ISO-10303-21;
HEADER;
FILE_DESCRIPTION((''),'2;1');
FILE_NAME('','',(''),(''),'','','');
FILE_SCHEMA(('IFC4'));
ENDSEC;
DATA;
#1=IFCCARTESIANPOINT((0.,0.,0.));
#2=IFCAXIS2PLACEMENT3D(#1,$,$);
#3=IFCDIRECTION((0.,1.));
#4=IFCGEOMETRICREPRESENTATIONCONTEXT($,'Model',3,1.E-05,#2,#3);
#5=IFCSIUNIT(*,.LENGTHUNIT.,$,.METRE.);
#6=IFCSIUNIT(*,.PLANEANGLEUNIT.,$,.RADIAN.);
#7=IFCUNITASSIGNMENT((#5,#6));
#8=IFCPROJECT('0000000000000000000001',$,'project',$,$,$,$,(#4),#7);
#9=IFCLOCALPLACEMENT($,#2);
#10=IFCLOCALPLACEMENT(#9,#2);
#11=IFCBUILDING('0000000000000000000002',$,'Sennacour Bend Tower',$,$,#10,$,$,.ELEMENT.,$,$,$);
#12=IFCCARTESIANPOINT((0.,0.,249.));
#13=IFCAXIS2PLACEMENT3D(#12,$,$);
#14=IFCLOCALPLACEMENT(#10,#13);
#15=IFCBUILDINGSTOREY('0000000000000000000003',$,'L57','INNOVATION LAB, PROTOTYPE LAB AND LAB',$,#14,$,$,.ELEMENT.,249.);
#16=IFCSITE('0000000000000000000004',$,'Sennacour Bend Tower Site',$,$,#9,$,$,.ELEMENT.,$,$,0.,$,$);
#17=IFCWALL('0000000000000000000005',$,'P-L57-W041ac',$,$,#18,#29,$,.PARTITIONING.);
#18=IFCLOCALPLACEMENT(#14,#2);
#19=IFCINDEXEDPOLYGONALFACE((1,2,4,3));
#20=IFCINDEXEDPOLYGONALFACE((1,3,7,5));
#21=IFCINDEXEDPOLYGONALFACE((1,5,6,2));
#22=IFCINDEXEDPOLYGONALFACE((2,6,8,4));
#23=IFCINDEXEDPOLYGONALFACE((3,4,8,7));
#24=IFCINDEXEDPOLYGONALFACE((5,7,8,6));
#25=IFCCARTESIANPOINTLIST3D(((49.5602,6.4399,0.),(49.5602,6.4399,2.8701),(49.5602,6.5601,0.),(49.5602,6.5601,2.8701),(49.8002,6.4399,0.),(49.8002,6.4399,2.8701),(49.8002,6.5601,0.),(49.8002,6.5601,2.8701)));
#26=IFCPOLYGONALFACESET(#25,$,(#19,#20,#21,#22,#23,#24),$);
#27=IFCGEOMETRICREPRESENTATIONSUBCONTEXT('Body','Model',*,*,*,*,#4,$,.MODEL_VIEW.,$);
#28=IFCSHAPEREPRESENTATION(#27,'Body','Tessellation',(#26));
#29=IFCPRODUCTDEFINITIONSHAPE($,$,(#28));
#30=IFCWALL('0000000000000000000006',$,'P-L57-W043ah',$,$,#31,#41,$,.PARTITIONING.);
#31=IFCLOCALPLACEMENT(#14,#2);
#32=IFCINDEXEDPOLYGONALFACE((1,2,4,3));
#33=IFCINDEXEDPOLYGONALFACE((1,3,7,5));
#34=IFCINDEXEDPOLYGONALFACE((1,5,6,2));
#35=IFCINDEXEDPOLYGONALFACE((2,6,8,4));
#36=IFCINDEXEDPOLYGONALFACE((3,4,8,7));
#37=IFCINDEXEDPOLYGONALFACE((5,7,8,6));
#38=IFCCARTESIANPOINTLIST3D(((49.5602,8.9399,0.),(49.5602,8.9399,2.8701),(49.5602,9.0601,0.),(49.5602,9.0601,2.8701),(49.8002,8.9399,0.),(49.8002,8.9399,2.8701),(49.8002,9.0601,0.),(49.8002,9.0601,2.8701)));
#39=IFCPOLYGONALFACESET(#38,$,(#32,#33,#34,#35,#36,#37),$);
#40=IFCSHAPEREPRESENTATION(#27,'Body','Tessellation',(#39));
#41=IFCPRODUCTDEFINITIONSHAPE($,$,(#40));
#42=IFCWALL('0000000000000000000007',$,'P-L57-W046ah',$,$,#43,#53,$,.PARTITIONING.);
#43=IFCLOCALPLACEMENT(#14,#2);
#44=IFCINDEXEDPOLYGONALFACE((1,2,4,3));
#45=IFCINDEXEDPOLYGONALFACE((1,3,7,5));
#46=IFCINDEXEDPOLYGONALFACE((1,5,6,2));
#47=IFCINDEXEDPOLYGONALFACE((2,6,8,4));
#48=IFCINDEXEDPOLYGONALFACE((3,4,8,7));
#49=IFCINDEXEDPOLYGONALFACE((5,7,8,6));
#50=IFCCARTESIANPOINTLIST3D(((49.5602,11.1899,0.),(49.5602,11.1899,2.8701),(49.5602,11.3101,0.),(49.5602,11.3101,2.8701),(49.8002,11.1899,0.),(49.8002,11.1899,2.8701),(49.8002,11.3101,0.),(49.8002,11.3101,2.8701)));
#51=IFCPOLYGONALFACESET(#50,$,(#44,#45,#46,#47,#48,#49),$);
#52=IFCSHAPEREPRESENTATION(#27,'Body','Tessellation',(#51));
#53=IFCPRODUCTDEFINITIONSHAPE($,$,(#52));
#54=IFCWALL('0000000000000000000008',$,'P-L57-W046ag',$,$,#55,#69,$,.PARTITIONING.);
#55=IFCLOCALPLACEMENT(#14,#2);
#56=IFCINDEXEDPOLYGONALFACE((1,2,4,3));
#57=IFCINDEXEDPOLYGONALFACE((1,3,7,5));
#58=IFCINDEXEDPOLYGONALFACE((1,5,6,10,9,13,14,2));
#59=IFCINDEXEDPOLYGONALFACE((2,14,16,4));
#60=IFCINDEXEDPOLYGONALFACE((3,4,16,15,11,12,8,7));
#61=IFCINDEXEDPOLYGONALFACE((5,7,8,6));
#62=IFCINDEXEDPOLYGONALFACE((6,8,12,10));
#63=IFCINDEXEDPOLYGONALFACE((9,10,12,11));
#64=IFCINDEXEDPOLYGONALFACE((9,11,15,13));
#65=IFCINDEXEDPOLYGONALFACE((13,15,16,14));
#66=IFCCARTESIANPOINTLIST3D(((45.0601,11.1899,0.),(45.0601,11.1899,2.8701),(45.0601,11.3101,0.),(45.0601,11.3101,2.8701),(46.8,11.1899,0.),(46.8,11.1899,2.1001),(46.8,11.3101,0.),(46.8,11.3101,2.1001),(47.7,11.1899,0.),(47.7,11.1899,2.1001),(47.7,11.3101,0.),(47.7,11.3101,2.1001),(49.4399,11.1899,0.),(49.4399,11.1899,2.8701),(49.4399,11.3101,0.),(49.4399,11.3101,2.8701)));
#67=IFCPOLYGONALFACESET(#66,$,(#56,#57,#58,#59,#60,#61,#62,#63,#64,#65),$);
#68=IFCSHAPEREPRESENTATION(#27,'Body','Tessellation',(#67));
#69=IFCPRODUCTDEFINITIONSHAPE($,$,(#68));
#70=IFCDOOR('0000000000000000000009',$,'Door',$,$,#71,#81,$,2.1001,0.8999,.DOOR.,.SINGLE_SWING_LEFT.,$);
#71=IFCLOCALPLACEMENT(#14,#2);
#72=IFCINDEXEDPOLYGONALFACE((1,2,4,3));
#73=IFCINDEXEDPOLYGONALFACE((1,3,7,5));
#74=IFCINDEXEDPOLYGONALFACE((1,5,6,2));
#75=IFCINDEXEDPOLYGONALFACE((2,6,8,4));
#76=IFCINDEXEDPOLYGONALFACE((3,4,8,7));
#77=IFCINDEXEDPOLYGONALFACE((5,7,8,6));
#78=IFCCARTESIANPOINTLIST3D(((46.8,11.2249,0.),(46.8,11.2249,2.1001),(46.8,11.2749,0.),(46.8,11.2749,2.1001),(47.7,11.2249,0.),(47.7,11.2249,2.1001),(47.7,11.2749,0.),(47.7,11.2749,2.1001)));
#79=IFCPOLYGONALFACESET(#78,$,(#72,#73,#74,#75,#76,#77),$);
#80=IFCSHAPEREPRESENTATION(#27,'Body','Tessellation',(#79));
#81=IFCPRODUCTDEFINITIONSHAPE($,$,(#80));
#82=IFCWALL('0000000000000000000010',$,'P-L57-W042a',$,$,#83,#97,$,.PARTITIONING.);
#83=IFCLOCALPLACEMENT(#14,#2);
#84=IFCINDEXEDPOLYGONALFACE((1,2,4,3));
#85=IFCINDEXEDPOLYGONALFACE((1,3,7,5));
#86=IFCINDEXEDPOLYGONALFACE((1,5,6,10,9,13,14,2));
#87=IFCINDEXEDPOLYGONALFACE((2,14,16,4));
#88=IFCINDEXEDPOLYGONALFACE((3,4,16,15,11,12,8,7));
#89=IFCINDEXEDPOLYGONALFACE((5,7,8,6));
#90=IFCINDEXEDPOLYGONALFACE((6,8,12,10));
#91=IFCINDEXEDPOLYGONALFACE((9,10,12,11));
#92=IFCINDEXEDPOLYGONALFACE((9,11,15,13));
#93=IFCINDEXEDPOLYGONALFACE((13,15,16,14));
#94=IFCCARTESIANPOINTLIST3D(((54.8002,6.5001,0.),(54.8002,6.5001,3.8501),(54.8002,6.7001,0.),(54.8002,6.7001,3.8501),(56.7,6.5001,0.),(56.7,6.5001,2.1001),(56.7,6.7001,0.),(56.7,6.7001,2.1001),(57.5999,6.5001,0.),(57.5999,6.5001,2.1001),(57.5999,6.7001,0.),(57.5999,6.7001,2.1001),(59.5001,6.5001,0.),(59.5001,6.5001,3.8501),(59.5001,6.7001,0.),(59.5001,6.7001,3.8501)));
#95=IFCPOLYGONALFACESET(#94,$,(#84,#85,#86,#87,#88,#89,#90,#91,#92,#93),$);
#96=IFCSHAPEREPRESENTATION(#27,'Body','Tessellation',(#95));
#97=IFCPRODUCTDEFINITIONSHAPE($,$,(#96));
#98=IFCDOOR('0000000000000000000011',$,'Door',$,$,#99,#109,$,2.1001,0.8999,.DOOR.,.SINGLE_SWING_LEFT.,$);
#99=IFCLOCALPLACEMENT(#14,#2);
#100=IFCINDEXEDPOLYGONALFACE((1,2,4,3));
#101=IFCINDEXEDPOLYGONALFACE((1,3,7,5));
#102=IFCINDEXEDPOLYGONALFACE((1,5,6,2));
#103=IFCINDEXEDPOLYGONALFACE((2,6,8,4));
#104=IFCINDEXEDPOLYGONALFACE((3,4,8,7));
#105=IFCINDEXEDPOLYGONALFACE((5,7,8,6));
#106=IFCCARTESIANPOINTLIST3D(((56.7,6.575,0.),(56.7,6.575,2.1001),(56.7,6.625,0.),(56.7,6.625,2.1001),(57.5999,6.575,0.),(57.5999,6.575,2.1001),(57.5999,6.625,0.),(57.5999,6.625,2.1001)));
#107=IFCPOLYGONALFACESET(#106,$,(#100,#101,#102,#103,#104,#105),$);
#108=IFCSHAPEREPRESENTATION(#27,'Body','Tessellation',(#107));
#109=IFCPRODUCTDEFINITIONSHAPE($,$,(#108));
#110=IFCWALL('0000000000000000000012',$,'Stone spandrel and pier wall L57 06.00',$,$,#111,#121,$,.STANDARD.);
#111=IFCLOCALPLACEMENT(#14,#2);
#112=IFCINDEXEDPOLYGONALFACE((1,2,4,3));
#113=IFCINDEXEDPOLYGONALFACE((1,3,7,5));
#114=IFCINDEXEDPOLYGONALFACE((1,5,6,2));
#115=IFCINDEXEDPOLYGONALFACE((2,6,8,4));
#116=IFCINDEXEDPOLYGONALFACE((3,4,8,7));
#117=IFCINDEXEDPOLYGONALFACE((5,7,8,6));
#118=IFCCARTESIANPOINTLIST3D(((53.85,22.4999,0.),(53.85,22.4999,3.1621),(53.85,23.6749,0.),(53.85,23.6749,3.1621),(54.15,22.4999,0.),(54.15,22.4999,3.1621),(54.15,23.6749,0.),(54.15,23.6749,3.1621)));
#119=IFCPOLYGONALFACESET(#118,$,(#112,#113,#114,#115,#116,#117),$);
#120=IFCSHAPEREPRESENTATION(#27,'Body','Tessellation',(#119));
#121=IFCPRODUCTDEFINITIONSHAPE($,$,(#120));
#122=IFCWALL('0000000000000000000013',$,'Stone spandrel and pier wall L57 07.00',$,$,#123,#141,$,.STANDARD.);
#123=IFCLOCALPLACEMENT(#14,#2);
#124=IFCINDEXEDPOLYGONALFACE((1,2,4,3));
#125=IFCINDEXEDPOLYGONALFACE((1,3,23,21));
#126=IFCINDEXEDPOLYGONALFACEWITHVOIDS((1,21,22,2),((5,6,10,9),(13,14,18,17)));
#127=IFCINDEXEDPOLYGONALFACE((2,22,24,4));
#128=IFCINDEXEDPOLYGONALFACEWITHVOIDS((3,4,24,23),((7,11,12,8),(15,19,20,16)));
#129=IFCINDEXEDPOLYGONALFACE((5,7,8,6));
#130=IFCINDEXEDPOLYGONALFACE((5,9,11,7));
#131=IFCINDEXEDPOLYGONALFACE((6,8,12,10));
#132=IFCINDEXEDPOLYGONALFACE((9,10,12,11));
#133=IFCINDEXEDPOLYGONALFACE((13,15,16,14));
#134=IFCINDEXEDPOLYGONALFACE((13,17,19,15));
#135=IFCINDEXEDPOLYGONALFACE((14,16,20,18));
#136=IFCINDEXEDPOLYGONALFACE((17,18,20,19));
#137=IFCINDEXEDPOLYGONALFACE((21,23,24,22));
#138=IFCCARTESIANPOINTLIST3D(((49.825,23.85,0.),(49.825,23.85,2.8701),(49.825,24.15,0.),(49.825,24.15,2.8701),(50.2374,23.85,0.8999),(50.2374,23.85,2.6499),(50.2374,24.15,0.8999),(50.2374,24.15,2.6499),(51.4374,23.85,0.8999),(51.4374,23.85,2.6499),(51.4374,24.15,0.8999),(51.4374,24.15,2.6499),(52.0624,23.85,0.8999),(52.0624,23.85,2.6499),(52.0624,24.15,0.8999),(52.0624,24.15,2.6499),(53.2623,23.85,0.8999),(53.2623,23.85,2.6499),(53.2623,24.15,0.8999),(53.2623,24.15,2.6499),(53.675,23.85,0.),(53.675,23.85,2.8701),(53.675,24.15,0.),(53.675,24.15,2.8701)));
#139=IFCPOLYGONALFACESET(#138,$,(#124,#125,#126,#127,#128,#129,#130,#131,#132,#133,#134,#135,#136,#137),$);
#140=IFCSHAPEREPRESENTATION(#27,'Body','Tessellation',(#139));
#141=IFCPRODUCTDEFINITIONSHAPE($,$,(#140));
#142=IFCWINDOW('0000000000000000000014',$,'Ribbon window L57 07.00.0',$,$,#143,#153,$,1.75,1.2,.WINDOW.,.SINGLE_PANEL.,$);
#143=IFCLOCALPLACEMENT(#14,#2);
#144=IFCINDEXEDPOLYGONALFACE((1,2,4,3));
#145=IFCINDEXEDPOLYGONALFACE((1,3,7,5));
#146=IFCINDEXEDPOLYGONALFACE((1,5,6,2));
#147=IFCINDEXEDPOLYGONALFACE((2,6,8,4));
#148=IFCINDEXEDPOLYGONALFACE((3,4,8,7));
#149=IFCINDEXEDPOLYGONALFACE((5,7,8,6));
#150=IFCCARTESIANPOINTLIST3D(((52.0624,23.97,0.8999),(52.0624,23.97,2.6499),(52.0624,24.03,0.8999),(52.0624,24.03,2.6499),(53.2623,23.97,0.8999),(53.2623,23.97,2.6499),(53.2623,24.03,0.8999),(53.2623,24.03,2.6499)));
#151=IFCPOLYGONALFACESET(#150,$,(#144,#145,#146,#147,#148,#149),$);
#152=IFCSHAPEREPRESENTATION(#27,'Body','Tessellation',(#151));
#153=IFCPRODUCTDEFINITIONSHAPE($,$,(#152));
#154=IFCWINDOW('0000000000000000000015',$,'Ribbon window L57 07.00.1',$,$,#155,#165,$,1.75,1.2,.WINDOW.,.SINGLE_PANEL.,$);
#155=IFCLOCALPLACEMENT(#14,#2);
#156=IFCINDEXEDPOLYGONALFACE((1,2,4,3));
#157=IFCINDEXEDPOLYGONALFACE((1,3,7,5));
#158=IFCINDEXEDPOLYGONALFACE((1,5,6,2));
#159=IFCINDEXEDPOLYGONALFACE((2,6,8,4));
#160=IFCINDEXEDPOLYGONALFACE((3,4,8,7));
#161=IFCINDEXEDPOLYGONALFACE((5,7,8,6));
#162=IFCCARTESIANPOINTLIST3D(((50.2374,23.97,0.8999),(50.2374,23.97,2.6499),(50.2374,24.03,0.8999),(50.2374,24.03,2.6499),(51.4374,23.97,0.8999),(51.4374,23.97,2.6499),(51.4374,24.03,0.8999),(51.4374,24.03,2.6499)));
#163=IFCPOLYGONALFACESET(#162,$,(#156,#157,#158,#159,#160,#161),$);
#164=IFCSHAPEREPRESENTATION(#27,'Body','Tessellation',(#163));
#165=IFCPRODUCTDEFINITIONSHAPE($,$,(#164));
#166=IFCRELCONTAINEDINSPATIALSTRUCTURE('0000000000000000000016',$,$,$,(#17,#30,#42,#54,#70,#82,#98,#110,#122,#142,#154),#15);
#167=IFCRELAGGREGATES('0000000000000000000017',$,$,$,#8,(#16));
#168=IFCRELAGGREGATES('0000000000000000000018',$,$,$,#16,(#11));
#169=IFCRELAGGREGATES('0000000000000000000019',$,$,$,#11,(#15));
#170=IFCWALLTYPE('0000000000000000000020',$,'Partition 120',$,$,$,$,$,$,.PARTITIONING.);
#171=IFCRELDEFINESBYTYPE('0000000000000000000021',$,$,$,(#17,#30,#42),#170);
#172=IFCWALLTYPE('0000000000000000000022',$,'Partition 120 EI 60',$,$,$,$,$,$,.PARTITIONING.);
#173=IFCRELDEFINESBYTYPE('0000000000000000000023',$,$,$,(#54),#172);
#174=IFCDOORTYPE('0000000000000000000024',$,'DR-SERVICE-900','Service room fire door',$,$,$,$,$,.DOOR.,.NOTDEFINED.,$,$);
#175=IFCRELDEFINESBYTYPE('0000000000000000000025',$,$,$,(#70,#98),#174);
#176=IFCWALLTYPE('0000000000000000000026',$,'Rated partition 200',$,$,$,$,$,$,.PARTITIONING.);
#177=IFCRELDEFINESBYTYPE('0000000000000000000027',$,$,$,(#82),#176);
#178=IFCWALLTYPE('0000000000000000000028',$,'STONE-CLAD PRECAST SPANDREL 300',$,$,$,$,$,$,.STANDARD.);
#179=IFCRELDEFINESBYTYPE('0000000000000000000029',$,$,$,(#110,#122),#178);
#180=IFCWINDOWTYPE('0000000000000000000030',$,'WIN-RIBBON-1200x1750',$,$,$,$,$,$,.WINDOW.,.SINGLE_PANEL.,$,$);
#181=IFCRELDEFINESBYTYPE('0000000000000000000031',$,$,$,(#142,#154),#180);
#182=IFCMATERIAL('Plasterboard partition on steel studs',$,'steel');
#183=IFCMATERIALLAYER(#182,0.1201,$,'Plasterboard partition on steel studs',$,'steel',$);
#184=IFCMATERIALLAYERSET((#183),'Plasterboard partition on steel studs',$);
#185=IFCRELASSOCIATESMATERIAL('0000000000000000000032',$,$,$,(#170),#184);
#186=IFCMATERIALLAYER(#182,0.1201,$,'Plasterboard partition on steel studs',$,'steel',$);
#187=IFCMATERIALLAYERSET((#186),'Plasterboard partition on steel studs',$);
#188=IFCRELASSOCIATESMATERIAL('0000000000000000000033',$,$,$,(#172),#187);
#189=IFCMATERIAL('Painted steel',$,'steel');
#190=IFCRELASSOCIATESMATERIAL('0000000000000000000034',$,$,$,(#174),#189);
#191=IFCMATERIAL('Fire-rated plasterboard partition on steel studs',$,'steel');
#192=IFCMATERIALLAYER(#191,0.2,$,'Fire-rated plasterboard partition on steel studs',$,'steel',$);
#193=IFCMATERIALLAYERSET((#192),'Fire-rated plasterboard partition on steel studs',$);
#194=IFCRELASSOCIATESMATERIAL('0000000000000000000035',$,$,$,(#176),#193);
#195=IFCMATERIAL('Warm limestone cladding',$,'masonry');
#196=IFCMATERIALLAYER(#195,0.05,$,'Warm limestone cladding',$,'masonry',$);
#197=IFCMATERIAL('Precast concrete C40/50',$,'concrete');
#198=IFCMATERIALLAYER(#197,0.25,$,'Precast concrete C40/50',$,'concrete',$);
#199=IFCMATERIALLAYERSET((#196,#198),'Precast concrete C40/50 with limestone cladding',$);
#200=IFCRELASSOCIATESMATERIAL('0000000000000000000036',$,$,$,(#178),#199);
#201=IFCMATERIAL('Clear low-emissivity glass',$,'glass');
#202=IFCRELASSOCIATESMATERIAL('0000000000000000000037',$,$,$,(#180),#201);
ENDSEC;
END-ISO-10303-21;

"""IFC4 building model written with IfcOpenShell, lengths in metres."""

from ifc_helpers import new_model, si_unit, direction, frame, frame_2d, origin, place, context, subcontext, project, spatial, rectangle, extrude, material, layer, layer_set, type_object, element, fill, save


model = new_model("IFC4")

# Units and contexts
model_context = context("Model", 3, precision=1e-05, world=origin(), true_north=direction((0.0, 1.0)))
body_context = subcontext(model_context, "Body", "Model", "MODEL_VIEW")
ifc_project = project(units=[si_unit("LENGTHUNIT", "METRE"), si_unit("PLANEANGLEUNIT", "RADIAN")], contexts=[model_context])

# Site, building, storey
site_placement = place(None, origin())
site = spatial("IfcSite", under=ifc_project, at=site_placement, Name="Sennacour Bend Tower Site", CompositionType="ELEMENT", RefElevation=0.0)
building_placement = place(site_placement, origin())
building = spatial("IfcBuilding", under=site, at=building_placement, Name="Sennacour Bend Tower", CompositionType="ELEMENT")
storey_placement = place(building_placement, frame((0.0, 0.0, 249.0)))
storey = spatial("IfcBuildingStorey", under=building, at=storey_placement, Name="L57", Description="INNOVATION LAB, PROTOTYPE LAB AND LAB", CompositionType="ELEMENT", Elevation=249.0)

# Walls
ifc_material_1 = material(Name="Plasterboard partition on steel studs", Category="steel")
ifc_layer_1 = layer(ifc_material_1, 0.1201, Name="Plasterboard partition on steel studs", Category="steel")
ifc_layer_set_1 = layer_set([ifc_layer_1], Name="Plasterboard partition on steel studs")
wall_type_1 = type_object("IfcWallType", Name="Partition 120", PredefinedType="PARTITIONING", material=ifc_layer_set_1)
for number, where, z_axis, x_axis, name in (
    (1, (49.5601, 6.5, 0.0), (0.0, 0.0, 1.0), (1.0, 0.0, 0.0), "P-L57-W041ac"),
    (2, (49.5601, 9.0, 0.0), (0.0, 0.0, 1.0), (1.0, 0.0, 0.0), "P-L57-W043ah"),
    (3, (49.5601, 11.25, 0.0), (0.0, 0.0, 1.0), (1.0, 0.0, 0.0), "P-L57-W046ah"),
):
    element("IfcWall", number, at=place(storey_placement, frame(where, z_axis=z_axis, x_axis=x_axis)), inside=storey, type_object=wall_type_1, Name=name, PredefinedType="PARTITIONING", context=body_context, shape_type="SweptSolid", body=[
        extrude(rectangle(XDim=0.24, YDim=0.1201, at=frame_2d((0.1201, 0.0))), origin(), (0.0, 0.0, 1.0), 2.8701),
    ])

# Walls, openings, doors
ifc_layer_2 = layer(ifc_material_1, 0.1201, Name="Plasterboard partition on steel studs", Category="steel")
ifc_layer_set_2 = layer_set([ifc_layer_2], Name="Plasterboard partition on steel studs")
wall_type_2 = type_object("IfcWallType", Name="Partition 120 EI 60", PredefinedType="PARTITIONING", material=ifc_layer_set_2)
wall_1_placement = place(storey_placement, frame((45.0601, 11.25, 0.0), z_axis=(0.0, 0.0, 1.0), x_axis=(1.0, 0.0, 0.0)))
wall_1 = element("IfcWall", 4, at=wall_1_placement, inside=storey, type_object=wall_type_2, Name="P-L57-W046ag", PredefinedType="PARTITIONING", context=body_context, shape_type="SweptSolid", body=[
    extrude(rectangle(XDim=4.3799, YDim=0.1201, at=frame_2d((2.1899, 0.0))), origin(), (0.0, 0.0, 1.0), 2.8701),
])
opening_1_placement = place(wall_1_placement, frame((1.74, 0.0, 0.0)))
opening_1 = element("IfcOpeningElement", 5, at=opening_1_placement, cuts=wall_1, PredefinedType="OPENING", context=body_context, shape_type="SweptSolid", body=[
    extrude(rectangle(XDim=0.8999, YDim=2.1001, at=frame_2d((0.45, 1.05))), frame((0.0, 0.0701, 0.0), z_axis=(0.0, -1.0, 0.0), x_axis=(1.0, 0.0, 0.0)), (0.0, 0.0, 1.0), 0.1401),
])
ifc_material_2 = material(Name="Painted steel", Category="steel")
door_type_1 = type_object("IfcDoorType", Name="DR-SERVICE-900", Description="Service room fire door", OperationType="NOTDEFINED", PredefinedType="DOOR", material=ifc_material_2)
door_1_placement = place(opening_1_placement, origin())
door_1 = element("IfcDoor", 6, at=door_1_placement, inside=storey, type_object=door_type_1, Name="Door", OperationType="SINGLE_SWING_LEFT", OverallHeight=2.1001, OverallWidth=0.8999, PredefinedType="DOOR", context=body_context, shape_type="SweptSolid", body=[
    extrude(rectangle(XDim=0.8999, YDim=2.1001, at=frame_2d((0.45, 1.05))), frame((0.0, 0.0249, 0.0), z_axis=(0.0, -1.0, 0.0), x_axis=(1.0, 0.0, 0.0)), (0.0, 0.0, 1.0), 0.05),
])
fill(opening_1, door_1)
ifc_material_3 = material(Name="Fire-rated plasterboard partition on steel studs", Category="steel")
ifc_layer_3 = layer(ifc_material_3, 0.2, Name="Fire-rated plasterboard partition on steel studs", Category="steel")
ifc_layer_set_3 = layer_set([ifc_layer_3], Name="Fire-rated plasterboard partition on steel studs")
wall_type_3 = type_object("IfcWallType", Name="Rated partition 200", PredefinedType="PARTITIONING", material=ifc_layer_set_3)
wall_2_placement = place(storey_placement, frame((54.8, 6.6001, 0.0), z_axis=(0.0, 0.0, 1.0), x_axis=(1.0, 0.0, 0.0)))
wall_2 = element("IfcWall", 7, at=wall_2_placement, inside=storey, type_object=wall_type_3, Name="P-L57-W042a", PredefinedType="PARTITIONING", context=body_context, shape_type="SweptSolid", body=[
    extrude(rectangle(XDim=4.7, YDim=0.2, at=frame_2d((2.3501, 0.0))), origin(), (0.0, 0.0, 1.0), 3.8501),
])
opening_2_placement = place(wall_2_placement, frame((1.8999, 0.0, 0.0)))
opening_2 = element("IfcOpeningElement", 8, at=opening_2_placement, cuts=wall_2, PredefinedType="OPENING", context=body_context, shape_type="SweptSolid", body=[
    extrude(rectangle(XDim=0.8999, YDim=2.1001, at=frame_2d((0.45, 1.05))), frame((0.0, 0.1099, 0.0), z_axis=(0.0, -1.0, 0.0), x_axis=(1.0, 0.0, 0.0)), (0.0, 0.0, 1.0), 0.22),
])
door_2_placement = place(opening_2_placement, origin())
door_2 = element("IfcDoor", 9, at=door_2_placement, inside=storey, type_object=door_type_1, Name="Door", OperationType="SINGLE_SWING_LEFT", OverallHeight=2.1001, OverallWidth=0.8999, PredefinedType="DOOR", context=body_context, shape_type="SweptSolid", body=[
    extrude(rectangle(XDim=0.8999, YDim=2.1001, at=frame_2d((0.45, 1.05))), frame((0.0, 0.0249, 0.0), z_axis=(0.0, -1.0, 0.0), x_axis=(1.0, 0.0, 0.0)), (0.0, 0.0, 1.0), 0.05),
])
fill(opening_2, door_2)

# Wall
ifc_material_4 = material(Name="Warm limestone cladding", Category="masonry")
ifc_layer_4 = layer(ifc_material_4, 0.05, Name="Warm limestone cladding", Category="masonry")
ifc_material_5 = material(Name="Precast concrete C40/50", Category="concrete")
ifc_layer_5 = layer(ifc_material_5, 0.25, Name="Precast concrete C40/50", Category="concrete")
ifc_layer_set_4 = layer_set([ifc_layer_4, ifc_layer_5], Name="Precast concrete C40/50 with limestone cladding")
wall_type_4 = type_object("IfcWallType", Name="STONE-CLAD PRECAST SPANDREL 300", PredefinedType="STANDARD", material=ifc_layer_set_4)
wall_3_placement = place(storey_placement, frame((54.0, 22.5, 0.0), z_axis=(0.0, 0.0, 1.0), x_axis=(0.0, 1.0, 0.0)))
element("IfcWall", 10, at=wall_3_placement, inside=storey, type_object=wall_type_4, Name="Stone spandrel and pier wall L57 06.00", PredefinedType="STANDARD", context=body_context, shape_type="SweptSolid", body=[
    extrude(rectangle(XDim=1.175, YDim=0.3, at=frame_2d((0.5874, 0.0))), origin(), (0.0, 0.0, 1.0), 3.1621),
])

# Wall, openings, windows
wall_4_placement = place(storey_placement, frame((53.675, 24.0, 0.0), z_axis=(0.0, 0.0, 1.0), x_axis=(-1.0, 0.0, 0.0)))
wall_4 = element("IfcWall", 11, at=wall_4_placement, inside=storey, type_object=wall_type_4, Name="Stone spandrel and pier wall L57 07.00", PredefinedType="STANDARD", context=body_context, shape_type="SweptSolid", body=[
    extrude(rectangle(XDim=3.8501, YDim=0.3, at=frame_2d((1.925, 0.0))), origin(), (0.0, 0.0, 1.0), 2.8701),
])
opening_3_placement = place(wall_4_placement, frame((0.4126, 0.0, 0.8999)))
opening_3 = element("IfcOpeningElement", 12, at=opening_3_placement, cuts=wall_4, PredefinedType="OPENING", context=body_context, shape_type="SweptSolid", body=[
    extrude(rectangle(XDim=1.2, YDim=1.75, at=frame_2d((0.6001, 0.875))), frame((0.0, 0.1602, 0.0), z_axis=(0.0, -1.0, 0.0), x_axis=(1.0, 0.0, 0.0)), (0.0, 0.0, 1.0), 0.3201),
])
opening_4_placement = place(wall_4_placement, frame((2.2375, 0.0, 0.8999)))
opening_4 = element("IfcOpeningElement", 13, at=opening_4_placement, cuts=wall_4, PredefinedType="OPENING", context=body_context, shape_type="SweptSolid", body=[
    extrude(rectangle(XDim=1.2, YDim=1.75, at=frame_2d((0.6001, 0.875))), frame((0.0, 0.1602, 0.0), z_axis=(0.0, -1.0, 0.0), x_axis=(1.0, 0.0, 0.0)), (0.0, 0.0, 1.0), 0.3201),
])
ifc_material_6 = material(Name="Clear low-emissivity glass", Category="glass")
window_type = type_object("IfcWindowType", Name="WIN-RIBBON-1200x1750", PartitioningType="SINGLE_PANEL", PredefinedType="WINDOW", material=ifc_material_6)
window_1_placement = place(opening_3_placement, origin())
window_1 = element("IfcWindow", 14, at=window_1_placement, inside=storey, type_object=window_type, Name="Ribbon window L57 07.00.0", OverallHeight=1.75, OverallWidth=1.2, PartitioningType="SINGLE_PANEL", PredefinedType="WINDOW", context=body_context, shape_type="SweptSolid", body=[
    extrude(rectangle(XDim=1.2, YDim=1.75, at=frame_2d((0.6001, 0.875))), frame((0.0, 0.03, 0.0), z_axis=(0.0, -1.0, 0.0), x_axis=(1.0, 0.0, 0.0)), (0.0, 0.0, 1.0), 0.0601),
])
fill(opening_3, window_1)
window_2_placement = place(opening_4_placement, origin())
window_2 = element("IfcWindow", 15, at=window_2_placement, inside=storey, type_object=window_type, Name="Ribbon window L57 07.00.1", OverallHeight=1.75, OverallWidth=1.2, PartitioningType="SINGLE_PANEL", PredefinedType="WINDOW", context=body_context, shape_type="SweptSolid", body=[
    extrude(rectangle(XDim=1.2, YDim=1.75, at=frame_2d((0.6001, 0.875))), frame((0.0, 0.03, 0.0), z_axis=(0.0, -1.0, 0.0), x_axis=(1.0, 0.0, 0.0)), (0.0, 0.0, 1.0), 0.0601),
])
fill(opening_4, window_2)

save(model, "model.ifc")
